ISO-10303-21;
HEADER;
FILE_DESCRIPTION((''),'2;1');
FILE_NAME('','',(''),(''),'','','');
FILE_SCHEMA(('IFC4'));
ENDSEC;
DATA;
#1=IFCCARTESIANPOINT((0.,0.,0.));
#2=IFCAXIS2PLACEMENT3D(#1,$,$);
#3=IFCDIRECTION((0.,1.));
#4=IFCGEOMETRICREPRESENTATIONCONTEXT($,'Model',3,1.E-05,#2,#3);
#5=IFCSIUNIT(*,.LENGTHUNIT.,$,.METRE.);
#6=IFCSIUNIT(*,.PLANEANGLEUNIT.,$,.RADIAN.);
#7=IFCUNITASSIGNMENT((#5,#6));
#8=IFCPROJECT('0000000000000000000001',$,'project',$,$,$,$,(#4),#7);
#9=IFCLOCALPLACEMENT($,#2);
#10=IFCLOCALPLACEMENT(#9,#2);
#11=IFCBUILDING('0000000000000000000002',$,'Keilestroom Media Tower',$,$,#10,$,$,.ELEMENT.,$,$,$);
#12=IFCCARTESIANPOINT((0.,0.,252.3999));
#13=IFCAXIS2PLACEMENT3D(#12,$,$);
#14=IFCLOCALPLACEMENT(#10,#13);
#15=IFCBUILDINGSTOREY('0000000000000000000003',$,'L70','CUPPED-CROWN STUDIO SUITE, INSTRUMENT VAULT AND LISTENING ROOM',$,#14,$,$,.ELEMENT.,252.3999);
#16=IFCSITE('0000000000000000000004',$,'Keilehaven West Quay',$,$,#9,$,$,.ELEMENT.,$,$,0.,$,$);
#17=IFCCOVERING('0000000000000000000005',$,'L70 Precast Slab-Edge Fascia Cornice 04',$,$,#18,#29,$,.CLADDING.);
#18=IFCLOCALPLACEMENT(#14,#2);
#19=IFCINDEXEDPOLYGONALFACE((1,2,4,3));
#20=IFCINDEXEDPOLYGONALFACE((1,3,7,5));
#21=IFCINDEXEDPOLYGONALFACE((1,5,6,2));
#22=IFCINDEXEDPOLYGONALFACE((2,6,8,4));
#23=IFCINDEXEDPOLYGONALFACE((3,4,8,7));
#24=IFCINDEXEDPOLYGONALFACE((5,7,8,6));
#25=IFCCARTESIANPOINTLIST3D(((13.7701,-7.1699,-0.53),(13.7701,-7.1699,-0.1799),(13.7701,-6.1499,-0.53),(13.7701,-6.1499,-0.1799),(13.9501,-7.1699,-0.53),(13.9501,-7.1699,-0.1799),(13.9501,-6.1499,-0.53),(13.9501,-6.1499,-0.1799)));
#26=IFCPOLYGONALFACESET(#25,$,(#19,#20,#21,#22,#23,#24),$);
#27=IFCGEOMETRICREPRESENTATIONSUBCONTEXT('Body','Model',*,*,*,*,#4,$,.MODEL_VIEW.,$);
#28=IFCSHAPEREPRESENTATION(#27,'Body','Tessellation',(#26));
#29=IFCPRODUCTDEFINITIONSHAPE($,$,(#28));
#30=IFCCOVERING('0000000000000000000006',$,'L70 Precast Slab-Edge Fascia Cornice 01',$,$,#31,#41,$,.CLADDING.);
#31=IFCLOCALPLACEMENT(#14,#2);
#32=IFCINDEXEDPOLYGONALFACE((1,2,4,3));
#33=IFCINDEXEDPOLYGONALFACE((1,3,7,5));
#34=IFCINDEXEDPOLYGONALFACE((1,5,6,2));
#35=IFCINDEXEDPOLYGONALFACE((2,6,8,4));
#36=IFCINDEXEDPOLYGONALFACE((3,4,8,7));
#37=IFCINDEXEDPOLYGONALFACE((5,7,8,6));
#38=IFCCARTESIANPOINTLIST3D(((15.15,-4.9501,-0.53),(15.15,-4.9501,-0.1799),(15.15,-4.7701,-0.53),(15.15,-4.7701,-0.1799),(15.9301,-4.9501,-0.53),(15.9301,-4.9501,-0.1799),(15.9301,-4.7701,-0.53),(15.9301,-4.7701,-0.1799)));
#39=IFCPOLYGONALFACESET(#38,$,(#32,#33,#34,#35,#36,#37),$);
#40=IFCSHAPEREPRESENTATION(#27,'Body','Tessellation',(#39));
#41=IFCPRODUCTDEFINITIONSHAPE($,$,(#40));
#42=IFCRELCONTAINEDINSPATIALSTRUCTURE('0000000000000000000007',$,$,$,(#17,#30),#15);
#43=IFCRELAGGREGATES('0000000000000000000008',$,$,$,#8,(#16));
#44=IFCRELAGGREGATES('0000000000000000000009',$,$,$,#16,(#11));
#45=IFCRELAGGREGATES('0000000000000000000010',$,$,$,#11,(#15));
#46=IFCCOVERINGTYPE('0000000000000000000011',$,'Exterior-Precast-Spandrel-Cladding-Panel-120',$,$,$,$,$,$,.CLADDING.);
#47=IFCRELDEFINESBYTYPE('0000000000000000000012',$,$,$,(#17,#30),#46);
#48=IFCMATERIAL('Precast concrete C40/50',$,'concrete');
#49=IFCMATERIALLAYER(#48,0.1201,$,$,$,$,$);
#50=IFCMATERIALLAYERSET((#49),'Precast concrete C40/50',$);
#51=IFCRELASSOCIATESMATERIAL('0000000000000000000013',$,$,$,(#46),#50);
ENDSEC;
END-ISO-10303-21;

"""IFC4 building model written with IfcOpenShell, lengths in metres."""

from ifc_helpers import new_model, si_unit, direction, frame, origin, origin_2d, place, context, subcontext, project, spatial, rectangle, extrude, source, transform, mapped, material, layer, layer_set, type_object, element, save


model = new_model("IFC4")

# Units and contexts
model_context = context("Model", 3, precision=1e-05, world=origin(), true_north=direction((0.0, 1.0)))
body_context = subcontext(model_context, "Body", "Model", "MODEL_VIEW")
ifc_project = project(units=[si_unit("LENGTHUNIT", "METRE"), si_unit("PLANEANGLEUNIT", "RADIAN")], contexts=[model_context])

# Site, building, storey
site_placement = place(None, origin())
site = spatial("IfcSite", under=ifc_project, at=site_placement, Name="Keilehaven West Quay", CompositionType="ELEMENT", RefElevation=0.0)
building_placement = place(site_placement, origin())
building = spatial("IfcBuilding", under=site, at=building_placement, Name="Keilestroom Media Tower", CompositionType="ELEMENT")
storey_placement = place(building_placement, frame((0.0, 0.0, 252.3999)))
storey = spatial("IfcBuildingStorey", under=building, at=storey_placement, Name="L70", Description="CUPPED-CROWN STUDIO SUITE, INSTRUMENT VAULT AND LISTENING ROOM", CompositionType="ELEMENT", Elevation=252.3999)

# Shared definitions
ifc_material_1 = material(Name="Precast concrete C40/50", Category="concrete")

# Coverings
ifc_layer_1 = layer(ifc_material_1, 0.1201)
ifc_layer_set_1 = layer_set([ifc_layer_1], Name="Precast concrete C40/50")
covering_type = type_object("IfcCoveringType", Name="Exterior-Precast-Spandrel-Cladding-Panel-120", PredefinedType="CLADDING", material=ifc_layer_set_1)
shared_shape_1 = source(origin(), body_context, "Body", "SweptSolid", [
    extrude(rectangle(XDim=1.02, YDim=0.1799, at=origin_2d()), origin(), (0.0, 0.0, 1.0), 0.3501),
])
for number, where, z_axis, x_axis, name in (
    (1, (13.8601, -6.6599, -0.53), (0.0, 0.0, 1.0), (0.0, -1.0, 0.0), "L70 Precast Slab-Edge Fascia Cornice 04"),
):
    element("IfcCovering", number, at=place(storey_placement, frame(where, z_axis=z_axis, x_axis=x_axis)), inside=storey, type_object=covering_type, Name=name, PredefinedType="CLADDING", context=body_context, shape_type="MappedRepresentation", body=[
        mapped(shared_shape_1, transform((0.0, 0.0, 0.0), x_axis=(1.0, 0.0, 0.0), y_axis=(0.0, 1.0, 0.0), z_axis=(0.0, 0.0, 1.0), scale=1.0)),
    ])
shared_shape_2 = source(origin(), body_context, "Body", "SweptSolid", [
    extrude(rectangle(XDim=0.78, YDim=0.1799, at=origin_2d()), origin(), (0.0, 0.0, 1.0), 0.3501),
])
covering_placement = place(storey_placement, frame((15.54, -4.8601, -0.53), z_axis=(0.0, 0.0, 1.0), x_axis=(-1.0, 0.0, 0.0)))
element("IfcCovering", 2, at=covering_placement, inside=storey, type_object=covering_type, Name="L70 Precast Slab-Edge Fascia Cornice 01", PredefinedType="CLADDING", context=body_context, shape_type="MappedRepresentation", body=[
    mapped(shared_shape_2, transform((0.0, 0.0, 0.0), x_axis=(1.0, 0.0, 0.0), y_axis=(0.0, 1.0, 0.0), z_axis=(0.0, 0.0, 1.0), scale=1.0)),
])

save(model, "model.ifc")
